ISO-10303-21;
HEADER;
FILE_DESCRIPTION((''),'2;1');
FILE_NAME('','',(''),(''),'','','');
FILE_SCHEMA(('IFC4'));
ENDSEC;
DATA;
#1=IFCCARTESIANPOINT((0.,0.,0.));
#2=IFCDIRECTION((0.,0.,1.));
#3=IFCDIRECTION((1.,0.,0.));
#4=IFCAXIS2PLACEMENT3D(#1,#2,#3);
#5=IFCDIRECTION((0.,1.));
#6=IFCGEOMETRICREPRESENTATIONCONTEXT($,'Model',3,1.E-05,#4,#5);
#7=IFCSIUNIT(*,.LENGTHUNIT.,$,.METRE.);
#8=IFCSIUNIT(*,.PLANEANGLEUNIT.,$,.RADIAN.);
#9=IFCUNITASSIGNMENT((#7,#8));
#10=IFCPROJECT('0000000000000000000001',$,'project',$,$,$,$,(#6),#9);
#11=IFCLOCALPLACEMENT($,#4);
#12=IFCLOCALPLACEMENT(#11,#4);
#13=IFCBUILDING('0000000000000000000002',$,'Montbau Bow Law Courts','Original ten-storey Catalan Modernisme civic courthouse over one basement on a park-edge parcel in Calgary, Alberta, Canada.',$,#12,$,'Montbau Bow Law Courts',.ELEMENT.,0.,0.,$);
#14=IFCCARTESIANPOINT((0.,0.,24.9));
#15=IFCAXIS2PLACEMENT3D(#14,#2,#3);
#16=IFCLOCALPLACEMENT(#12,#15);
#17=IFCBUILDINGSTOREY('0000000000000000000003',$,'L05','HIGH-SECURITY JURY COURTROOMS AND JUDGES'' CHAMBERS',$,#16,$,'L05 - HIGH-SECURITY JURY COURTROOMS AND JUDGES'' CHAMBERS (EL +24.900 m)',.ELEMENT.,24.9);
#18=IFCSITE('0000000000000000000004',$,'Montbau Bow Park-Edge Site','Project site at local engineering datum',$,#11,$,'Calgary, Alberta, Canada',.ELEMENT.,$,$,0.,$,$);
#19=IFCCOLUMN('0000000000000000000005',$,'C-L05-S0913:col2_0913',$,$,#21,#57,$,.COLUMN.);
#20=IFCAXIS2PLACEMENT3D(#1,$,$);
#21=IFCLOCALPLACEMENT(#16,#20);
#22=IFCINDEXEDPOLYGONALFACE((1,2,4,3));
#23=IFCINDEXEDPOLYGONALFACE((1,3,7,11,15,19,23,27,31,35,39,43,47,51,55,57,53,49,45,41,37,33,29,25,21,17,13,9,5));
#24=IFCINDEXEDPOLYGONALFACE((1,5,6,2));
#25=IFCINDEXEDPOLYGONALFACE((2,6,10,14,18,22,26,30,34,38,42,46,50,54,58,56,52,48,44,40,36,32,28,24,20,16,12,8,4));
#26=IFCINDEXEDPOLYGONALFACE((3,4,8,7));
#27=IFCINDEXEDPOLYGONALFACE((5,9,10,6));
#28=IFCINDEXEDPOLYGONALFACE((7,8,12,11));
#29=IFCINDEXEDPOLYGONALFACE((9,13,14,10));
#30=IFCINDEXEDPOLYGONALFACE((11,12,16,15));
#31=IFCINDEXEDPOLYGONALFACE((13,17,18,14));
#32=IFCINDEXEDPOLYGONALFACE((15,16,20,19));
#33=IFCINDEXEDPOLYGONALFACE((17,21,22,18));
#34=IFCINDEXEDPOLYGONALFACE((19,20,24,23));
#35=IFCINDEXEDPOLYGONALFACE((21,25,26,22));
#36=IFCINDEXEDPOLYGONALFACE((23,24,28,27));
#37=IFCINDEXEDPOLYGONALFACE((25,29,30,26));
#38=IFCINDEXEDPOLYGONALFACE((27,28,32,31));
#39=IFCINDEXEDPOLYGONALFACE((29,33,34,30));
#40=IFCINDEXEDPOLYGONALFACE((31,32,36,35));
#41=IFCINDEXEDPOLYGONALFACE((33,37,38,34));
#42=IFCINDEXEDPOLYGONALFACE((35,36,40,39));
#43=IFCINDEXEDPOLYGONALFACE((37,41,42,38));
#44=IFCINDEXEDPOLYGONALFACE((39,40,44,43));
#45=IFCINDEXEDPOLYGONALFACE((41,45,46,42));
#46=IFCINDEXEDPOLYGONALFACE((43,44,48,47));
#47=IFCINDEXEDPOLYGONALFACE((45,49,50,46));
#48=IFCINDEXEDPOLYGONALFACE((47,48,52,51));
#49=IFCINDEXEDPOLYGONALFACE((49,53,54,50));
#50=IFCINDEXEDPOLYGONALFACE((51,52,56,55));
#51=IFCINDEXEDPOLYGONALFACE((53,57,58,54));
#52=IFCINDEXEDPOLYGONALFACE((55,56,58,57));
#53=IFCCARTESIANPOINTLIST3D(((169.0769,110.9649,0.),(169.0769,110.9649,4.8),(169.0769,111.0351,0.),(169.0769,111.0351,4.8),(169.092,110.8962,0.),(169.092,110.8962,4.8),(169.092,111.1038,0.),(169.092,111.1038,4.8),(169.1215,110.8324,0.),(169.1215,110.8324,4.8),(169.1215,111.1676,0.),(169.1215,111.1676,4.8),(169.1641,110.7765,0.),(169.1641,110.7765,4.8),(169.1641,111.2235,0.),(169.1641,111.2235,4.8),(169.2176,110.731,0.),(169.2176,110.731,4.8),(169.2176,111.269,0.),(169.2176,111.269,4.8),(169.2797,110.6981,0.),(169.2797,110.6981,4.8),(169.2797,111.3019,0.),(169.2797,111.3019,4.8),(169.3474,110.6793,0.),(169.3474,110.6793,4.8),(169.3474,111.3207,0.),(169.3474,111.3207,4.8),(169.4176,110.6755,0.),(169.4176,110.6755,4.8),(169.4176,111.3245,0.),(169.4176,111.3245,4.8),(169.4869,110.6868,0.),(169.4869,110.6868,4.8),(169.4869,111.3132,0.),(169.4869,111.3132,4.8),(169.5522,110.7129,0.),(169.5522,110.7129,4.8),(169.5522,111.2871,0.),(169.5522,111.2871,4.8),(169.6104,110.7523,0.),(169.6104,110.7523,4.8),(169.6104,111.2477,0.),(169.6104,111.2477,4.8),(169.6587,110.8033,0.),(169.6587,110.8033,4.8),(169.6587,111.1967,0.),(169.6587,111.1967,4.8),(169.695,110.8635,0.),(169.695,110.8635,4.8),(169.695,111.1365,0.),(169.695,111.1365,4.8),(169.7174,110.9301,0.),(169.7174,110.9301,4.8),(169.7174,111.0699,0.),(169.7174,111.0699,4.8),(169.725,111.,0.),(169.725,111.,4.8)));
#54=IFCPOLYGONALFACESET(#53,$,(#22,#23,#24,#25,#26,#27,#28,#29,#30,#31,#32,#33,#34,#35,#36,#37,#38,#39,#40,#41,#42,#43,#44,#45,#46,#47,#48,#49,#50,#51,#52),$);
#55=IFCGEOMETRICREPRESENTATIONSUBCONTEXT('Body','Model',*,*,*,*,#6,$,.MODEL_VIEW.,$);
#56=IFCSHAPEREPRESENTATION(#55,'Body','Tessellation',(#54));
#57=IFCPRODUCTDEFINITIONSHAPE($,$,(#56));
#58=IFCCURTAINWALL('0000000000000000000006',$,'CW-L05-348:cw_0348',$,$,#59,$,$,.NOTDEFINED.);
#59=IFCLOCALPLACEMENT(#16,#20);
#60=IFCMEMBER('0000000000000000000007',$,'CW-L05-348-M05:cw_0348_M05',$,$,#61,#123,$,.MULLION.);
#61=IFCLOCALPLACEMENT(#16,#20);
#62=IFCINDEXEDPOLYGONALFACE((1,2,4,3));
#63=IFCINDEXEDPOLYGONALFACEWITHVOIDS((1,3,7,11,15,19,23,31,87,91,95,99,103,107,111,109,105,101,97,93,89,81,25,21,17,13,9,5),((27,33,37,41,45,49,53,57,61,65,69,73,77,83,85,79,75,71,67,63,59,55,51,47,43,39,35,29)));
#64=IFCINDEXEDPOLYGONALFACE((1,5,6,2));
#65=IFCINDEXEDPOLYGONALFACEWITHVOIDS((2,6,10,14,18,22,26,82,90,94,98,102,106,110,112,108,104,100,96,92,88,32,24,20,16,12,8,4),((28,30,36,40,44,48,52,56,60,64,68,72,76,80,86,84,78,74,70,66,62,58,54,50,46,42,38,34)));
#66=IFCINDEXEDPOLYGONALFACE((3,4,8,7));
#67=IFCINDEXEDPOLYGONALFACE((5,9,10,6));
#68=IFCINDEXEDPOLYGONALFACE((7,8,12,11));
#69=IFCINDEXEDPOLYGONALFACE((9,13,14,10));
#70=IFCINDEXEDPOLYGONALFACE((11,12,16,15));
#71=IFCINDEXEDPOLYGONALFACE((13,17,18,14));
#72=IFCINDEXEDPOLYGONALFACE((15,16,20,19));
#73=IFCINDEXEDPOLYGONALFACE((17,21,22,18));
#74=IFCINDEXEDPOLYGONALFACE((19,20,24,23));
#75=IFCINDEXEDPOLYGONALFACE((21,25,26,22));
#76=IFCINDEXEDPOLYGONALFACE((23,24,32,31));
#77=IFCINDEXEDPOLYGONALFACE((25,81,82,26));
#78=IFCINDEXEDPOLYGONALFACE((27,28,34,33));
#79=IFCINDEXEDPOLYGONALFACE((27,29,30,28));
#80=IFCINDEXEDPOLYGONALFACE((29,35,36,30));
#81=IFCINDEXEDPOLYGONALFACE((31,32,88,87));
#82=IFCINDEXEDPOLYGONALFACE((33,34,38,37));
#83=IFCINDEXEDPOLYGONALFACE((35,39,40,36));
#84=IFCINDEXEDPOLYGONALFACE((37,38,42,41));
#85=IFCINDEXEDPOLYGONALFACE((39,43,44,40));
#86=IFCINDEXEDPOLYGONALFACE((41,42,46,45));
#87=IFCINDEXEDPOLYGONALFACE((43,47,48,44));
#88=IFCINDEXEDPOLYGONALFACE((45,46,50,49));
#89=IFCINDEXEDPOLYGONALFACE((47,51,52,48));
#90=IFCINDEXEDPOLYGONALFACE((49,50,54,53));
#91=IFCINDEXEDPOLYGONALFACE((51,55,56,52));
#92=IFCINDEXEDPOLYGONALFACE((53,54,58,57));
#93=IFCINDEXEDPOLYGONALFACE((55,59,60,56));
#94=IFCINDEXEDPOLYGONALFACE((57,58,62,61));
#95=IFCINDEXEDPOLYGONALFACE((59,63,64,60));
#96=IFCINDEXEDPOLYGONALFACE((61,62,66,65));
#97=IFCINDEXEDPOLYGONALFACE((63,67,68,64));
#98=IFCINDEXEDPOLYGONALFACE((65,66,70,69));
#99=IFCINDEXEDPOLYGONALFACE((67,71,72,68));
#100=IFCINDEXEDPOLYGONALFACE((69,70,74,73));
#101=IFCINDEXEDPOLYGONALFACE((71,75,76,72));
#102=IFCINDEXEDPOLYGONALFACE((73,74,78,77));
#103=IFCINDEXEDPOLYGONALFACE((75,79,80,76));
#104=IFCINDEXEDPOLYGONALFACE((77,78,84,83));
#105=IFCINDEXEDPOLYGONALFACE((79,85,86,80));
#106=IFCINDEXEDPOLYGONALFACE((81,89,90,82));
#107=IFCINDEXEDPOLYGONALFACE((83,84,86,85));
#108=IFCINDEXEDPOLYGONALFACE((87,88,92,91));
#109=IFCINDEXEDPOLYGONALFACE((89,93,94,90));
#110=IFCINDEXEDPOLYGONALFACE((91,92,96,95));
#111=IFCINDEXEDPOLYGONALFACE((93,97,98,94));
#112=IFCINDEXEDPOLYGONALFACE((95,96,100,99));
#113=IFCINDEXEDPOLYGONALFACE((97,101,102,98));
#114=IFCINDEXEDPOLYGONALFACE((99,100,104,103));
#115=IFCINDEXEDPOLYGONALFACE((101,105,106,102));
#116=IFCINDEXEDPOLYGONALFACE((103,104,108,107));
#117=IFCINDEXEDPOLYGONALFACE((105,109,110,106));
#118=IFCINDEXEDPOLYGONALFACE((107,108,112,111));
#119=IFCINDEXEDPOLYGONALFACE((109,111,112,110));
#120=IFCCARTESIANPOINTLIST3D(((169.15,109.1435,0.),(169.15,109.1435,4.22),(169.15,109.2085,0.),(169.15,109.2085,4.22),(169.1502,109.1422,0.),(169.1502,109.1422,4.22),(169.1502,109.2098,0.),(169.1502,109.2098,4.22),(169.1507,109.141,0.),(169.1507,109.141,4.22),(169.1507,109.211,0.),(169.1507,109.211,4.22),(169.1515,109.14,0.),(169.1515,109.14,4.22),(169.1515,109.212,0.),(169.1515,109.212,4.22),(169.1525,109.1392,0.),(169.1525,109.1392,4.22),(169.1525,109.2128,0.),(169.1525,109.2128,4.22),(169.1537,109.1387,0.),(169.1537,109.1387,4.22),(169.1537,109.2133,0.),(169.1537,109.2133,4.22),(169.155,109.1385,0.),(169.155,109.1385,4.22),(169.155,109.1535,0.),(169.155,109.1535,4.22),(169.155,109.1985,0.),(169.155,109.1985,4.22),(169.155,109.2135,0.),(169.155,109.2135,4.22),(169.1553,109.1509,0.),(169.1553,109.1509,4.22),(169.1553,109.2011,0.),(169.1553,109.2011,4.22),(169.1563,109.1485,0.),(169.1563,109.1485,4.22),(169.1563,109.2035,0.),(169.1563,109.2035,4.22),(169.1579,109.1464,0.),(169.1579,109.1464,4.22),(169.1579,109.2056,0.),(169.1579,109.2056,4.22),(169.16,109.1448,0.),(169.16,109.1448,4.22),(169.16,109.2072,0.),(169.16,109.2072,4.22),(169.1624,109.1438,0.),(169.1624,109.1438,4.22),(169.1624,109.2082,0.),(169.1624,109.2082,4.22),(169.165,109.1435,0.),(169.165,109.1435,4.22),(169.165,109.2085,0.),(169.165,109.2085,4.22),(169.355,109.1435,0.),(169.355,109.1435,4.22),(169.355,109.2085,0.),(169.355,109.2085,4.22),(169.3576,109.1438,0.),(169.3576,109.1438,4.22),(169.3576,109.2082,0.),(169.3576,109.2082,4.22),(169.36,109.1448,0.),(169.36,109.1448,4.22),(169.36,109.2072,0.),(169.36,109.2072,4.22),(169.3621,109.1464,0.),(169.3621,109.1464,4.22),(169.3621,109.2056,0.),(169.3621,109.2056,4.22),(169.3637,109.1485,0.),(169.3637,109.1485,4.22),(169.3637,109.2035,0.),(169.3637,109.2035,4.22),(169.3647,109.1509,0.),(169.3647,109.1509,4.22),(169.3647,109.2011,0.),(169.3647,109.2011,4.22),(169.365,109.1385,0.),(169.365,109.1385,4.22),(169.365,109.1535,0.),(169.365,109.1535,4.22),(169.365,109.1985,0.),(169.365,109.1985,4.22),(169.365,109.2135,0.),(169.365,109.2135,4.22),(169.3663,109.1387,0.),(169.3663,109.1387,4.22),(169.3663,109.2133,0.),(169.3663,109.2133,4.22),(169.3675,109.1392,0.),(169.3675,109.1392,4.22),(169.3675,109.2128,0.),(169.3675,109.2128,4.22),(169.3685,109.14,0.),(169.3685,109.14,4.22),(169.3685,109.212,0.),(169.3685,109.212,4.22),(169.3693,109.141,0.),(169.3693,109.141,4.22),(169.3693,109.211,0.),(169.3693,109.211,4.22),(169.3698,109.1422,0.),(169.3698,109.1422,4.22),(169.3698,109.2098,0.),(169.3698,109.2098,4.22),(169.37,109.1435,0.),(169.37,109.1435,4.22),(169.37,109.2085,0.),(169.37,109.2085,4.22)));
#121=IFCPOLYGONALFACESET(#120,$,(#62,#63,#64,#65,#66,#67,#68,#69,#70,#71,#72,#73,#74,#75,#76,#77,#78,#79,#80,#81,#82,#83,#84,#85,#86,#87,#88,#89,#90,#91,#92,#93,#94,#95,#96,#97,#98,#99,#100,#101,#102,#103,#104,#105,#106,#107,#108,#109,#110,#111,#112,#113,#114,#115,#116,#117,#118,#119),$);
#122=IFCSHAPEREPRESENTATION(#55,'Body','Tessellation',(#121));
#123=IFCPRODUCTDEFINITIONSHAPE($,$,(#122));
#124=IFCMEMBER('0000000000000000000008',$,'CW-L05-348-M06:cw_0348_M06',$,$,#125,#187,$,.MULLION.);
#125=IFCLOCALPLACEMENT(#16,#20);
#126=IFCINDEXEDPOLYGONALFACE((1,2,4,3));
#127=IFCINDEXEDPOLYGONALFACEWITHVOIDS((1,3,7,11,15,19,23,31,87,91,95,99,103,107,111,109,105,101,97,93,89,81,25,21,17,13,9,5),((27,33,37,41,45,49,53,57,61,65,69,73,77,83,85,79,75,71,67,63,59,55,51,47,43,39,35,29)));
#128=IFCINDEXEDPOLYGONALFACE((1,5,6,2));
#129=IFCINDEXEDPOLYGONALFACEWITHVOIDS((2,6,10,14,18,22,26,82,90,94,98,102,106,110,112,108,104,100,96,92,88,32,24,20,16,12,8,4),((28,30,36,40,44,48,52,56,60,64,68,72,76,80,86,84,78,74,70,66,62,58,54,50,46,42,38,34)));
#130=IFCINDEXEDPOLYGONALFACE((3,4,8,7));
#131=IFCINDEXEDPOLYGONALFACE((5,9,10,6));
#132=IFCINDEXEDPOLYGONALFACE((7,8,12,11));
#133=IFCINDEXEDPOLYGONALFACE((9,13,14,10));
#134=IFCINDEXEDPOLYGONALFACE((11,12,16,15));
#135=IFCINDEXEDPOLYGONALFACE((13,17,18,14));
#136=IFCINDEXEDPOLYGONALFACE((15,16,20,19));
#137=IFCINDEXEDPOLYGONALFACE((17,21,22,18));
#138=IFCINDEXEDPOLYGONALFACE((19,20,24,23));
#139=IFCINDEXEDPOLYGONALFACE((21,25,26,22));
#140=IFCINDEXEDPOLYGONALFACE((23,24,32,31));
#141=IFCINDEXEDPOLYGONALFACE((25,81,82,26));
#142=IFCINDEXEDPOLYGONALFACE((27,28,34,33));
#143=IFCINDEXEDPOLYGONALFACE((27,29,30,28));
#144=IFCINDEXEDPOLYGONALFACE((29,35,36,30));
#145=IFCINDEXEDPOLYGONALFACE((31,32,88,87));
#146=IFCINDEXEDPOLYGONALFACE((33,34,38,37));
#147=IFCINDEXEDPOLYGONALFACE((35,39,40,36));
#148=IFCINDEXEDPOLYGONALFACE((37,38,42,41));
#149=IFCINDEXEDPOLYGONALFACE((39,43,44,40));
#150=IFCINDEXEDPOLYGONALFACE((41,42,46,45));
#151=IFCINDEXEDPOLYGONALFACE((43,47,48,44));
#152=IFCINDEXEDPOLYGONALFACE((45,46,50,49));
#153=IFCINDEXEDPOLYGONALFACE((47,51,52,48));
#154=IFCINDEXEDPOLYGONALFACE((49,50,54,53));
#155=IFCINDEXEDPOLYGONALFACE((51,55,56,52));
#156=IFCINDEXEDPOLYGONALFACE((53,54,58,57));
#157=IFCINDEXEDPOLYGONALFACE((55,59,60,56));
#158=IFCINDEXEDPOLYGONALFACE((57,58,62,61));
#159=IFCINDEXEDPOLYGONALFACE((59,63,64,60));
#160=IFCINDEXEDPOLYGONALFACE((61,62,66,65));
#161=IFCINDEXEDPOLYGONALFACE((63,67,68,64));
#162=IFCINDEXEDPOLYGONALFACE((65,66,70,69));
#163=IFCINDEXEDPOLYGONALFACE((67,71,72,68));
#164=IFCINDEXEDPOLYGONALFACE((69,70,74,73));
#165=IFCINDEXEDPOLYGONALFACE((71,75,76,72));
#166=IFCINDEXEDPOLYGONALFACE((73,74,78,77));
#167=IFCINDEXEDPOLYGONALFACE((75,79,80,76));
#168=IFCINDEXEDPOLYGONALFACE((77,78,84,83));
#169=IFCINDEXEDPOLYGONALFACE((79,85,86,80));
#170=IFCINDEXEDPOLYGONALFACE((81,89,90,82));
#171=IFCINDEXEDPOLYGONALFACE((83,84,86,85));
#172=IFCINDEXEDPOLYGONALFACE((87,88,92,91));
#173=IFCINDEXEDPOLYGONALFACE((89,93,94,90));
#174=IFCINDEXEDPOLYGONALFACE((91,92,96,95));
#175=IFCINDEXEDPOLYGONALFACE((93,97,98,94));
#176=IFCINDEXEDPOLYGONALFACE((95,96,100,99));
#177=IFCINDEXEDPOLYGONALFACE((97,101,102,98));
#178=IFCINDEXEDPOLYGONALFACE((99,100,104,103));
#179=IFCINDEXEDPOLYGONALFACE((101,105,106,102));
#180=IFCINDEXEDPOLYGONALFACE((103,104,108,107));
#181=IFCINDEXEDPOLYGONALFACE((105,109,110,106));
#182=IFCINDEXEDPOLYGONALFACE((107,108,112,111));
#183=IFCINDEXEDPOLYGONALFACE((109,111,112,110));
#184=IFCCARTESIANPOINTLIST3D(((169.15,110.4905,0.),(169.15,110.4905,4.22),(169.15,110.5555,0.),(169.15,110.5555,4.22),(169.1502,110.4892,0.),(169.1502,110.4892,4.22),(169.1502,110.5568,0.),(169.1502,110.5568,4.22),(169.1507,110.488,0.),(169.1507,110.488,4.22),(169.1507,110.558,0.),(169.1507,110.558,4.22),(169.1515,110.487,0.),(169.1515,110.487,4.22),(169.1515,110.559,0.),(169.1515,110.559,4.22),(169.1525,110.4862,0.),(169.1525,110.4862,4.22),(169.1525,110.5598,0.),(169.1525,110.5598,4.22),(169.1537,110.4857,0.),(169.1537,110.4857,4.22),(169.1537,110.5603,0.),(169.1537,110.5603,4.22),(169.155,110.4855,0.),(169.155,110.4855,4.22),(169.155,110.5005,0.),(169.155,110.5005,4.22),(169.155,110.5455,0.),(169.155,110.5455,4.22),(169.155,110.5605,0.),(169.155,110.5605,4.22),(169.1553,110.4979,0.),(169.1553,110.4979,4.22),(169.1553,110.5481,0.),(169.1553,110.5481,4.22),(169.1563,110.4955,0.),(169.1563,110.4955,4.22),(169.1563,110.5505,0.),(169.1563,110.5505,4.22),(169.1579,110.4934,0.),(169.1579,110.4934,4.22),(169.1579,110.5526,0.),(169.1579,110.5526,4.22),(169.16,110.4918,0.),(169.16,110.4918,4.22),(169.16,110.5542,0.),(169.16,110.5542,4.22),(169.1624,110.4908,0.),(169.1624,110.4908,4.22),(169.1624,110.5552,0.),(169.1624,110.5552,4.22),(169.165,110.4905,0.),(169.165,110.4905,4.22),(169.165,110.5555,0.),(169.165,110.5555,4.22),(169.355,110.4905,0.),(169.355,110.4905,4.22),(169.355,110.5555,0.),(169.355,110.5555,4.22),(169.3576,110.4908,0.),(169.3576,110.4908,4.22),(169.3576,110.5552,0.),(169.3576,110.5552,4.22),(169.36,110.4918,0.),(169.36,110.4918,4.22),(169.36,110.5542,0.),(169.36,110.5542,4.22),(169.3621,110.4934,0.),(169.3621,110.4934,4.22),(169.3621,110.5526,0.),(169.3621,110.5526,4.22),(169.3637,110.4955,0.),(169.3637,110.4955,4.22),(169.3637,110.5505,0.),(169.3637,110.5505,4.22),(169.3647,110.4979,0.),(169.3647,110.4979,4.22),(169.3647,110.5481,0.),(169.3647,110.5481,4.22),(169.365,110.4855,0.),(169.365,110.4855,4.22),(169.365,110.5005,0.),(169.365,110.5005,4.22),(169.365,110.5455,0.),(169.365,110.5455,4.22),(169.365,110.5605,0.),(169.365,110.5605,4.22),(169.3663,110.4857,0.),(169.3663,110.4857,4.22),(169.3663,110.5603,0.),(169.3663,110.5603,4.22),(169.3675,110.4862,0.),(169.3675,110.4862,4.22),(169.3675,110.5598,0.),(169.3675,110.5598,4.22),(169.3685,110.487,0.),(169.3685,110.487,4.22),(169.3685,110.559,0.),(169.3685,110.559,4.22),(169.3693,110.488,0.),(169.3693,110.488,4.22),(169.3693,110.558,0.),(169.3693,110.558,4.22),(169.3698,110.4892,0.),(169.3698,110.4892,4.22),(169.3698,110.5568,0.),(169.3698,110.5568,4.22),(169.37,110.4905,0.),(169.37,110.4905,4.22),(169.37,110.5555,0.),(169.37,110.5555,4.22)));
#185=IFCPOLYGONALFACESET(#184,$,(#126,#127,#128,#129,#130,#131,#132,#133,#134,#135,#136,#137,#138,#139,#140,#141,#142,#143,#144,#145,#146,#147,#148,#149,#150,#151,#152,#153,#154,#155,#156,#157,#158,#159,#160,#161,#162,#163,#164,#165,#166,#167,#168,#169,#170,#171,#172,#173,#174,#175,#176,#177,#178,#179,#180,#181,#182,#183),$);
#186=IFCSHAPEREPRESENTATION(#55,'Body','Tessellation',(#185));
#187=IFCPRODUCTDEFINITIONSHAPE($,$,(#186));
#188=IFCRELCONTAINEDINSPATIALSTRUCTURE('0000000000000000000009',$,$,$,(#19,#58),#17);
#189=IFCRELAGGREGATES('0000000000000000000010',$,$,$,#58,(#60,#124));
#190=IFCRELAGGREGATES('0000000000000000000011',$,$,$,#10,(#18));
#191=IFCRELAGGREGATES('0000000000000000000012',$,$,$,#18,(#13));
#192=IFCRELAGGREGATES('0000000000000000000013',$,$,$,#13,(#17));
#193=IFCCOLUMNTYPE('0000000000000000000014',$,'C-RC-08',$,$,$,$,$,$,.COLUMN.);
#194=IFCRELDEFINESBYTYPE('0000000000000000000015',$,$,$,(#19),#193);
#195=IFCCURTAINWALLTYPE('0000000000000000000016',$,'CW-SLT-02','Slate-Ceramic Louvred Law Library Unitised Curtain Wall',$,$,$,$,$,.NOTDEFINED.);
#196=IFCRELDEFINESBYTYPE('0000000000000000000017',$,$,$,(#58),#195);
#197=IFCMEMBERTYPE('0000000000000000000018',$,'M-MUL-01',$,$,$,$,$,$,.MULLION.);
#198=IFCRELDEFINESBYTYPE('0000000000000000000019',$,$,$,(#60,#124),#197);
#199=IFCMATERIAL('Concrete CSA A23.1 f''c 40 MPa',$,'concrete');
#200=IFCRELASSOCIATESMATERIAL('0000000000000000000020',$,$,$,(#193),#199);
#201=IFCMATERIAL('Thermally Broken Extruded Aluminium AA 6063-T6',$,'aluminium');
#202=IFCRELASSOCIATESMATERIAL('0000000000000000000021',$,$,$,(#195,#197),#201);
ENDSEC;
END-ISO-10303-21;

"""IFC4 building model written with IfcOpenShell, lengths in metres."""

from ifc_helpers import new_model, si_unit, direction, frame, origin_with_axes, origin_2d_with_axis, place, context, subcontext, project, spatial, hollow_rectangle, circle, extrude, material, material_profile, profile_set, type_object, element, aggregate, save


model = new_model("IFC4")

# Units and contexts
model_context = context("Model", 3, precision=1e-05, world=origin_with_axes(), true_north=direction((0.0, 1.0)))
body_context = subcontext(model_context, "Body", "Model", "MODEL_VIEW")
ifc_project = project(units=[si_unit("LENGTHUNIT", "METRE"), si_unit("PLANEANGLEUNIT", "RADIAN")], contexts=[model_context])

# Site, building, storey
site_placement = place(None, origin_with_axes())
site = spatial("IfcSite", under=ifc_project, at=site_placement, Name="Montbau Bow Park-Edge Site", Description="Project site at local engineering datum", LongName="Calgary, Alberta, Canada", CompositionType="ELEMENT", RefElevation=0.0)
building_placement = place(site_placement, origin_with_axes())
building = spatial("IfcBuilding", under=site, at=building_placement, Name="Montbau Bow Law Courts", Description="Original ten-storey Catalan Modernisme civic courthouse over one basement on a park-edge parcel in Calgary, Alberta, Canada.", LongName="Montbau Bow Law Courts", CompositionType="ELEMENT", ElevationOfRefHeight=0.0, ElevationOfTerrain=0.0)
storey_placement = place(building_placement, frame((0.0, 0.0, 24.9), z_axis=(0.0, 0.0, 1.0), x_axis=(1.0, 0.0, 0.0)))
storey = spatial("IfcBuildingStorey", under=building, at=storey_placement, Name="L05", Description="HIGH-SECURITY JURY COURTROOMS AND JUDGES' CHAMBERS", LongName="L05 - HIGH-SECURITY JURY COURTROOMS AND JUDGES' CHAMBERS (EL +24.900 m)", CompositionType="ELEMENT", Elevation=24.9)

# Column
ifc_material_1 = material(Name="Concrete CSA A23.1 f'c 40 MPa", Category="concrete")
ifc_material_profile_1 = material_profile(ifc_material_1, circle(Radius=0.325, at=origin_2d_with_axis()), Name="RC650D", Category="Main", Priority=0)
ifc_profile_set_1 = profile_set([ifc_material_profile_1], Name="Concrete CSA A23.1 f'c 40 MPa")
column_type = type_object("IfcColumnType", Name="C-RC-08", PredefinedType="COLUMN", material=ifc_profile_set_1)
column_placement = place(None, frame((169.4, 111.0, 24.9), z_axis=(0.0, 0.0, 1.0), x_axis=(1.0, 0.0, 0.0)))
element("IfcColumn", 1, at=column_placement, inside=storey, type_object=column_type, Name="C-L05-S0913:col2_0913", PredefinedType="COLUMN", context=body_context, shape_type="SweptSolid", body=[
    extrude(circle(Radius=0.325, at=origin_2d_with_axis()), origin_with_axes(), (0.0, 0.0, 1.0), 4.8),
])

# Curtain wall, members
ifc_material_2 = material(Name="Thermally Broken Extruded Aluminium AA 6063-T6", Category="aluminium")
curtain_wall_type = type_object("IfcCurtainWallType", Name="CW-SLT-02", Description="Slate-Ceramic Louvred Law Library Unitised Curtain Wall", PredefinedType="NOTDEFINED", material=ifc_material_2)
curtain_wall_1_placement = place(None, frame((169.26, 103.64, 24.9), z_axis=(0.0, 0.0, 1.0), x_axis=(1.0, 0.0, 0.0)))
curtain_wall_1 = element("IfcCurtainWall", 2, at=curtain_wall_1_placement, inside=storey, type_object=curtain_wall_type, Name="CW-L05-348:cw_0348", PredefinedType="NOTDEFINED")
ifc_material_profile_2 = material_profile(ifc_material_2, hollow_rectangle(XDim=0.075, YDim=0.22, WallThickness=0.005, InnerFilletRadius=0.01, OuterFilletRadius=0.005, at=origin_2d_with_axis()), Name="CWM-220X75", Category="Main", Priority=0)
ifc_profile_set_2 = profile_set([ifc_material_profile_2], Name="Thermally Broken Extruded Aluminium AA 6063-T6")
member_type_1 = type_object("IfcMemberType", Name="M-MUL-01", PredefinedType="MULLION", material=ifc_profile_set_2)
member_1_placement = place(None, frame((169.26, 109.176, 24.9), z_axis=(0.0, 0.0, 1.0), x_axis=(0.0, 1.0, 0.0)))
member_1 = element("IfcMember", 3, at=member_1_placement, type_object=member_type_1, Name="CW-L05-348-M05:cw_0348_M05", PredefinedType="MULLION", context=body_context, shape_type="SweptSolid", body=[
    extrude(hollow_rectangle(XDim=0.075, YDim=0.22, WallThickness=0.005, InnerFilletRadius=0.01, OuterFilletRadius=0.005, at=origin_2d_with_axis()), origin_with_axes(), (0.0, 0.0, 1.0), 4.22),
])
member_2_placement = place(None, frame((169.26, 110.523, 24.9), z_axis=(0.0, 0.0, 1.0), x_axis=(0.0, 1.0, 0.0)))
member_2 = element("IfcMember", 4, at=member_2_placement, type_object=member_type_1, Name="CW-L05-348-M06:cw_0348_M06", PredefinedType="MULLION", context=body_context, shape_type="SweptSolid", body=[
    extrude(hollow_rectangle(XDim=0.075, YDim=0.22, WallThickness=0.005, InnerFilletRadius=0.01, OuterFilletRadius=0.005, at=origin_2d_with_axis()), origin_with_axes(), (0.0, 0.0, 1.0), 4.22),
])

aggregate(curtain_wall_1, [member_1, member_2])

save(model, "model.ifc")
